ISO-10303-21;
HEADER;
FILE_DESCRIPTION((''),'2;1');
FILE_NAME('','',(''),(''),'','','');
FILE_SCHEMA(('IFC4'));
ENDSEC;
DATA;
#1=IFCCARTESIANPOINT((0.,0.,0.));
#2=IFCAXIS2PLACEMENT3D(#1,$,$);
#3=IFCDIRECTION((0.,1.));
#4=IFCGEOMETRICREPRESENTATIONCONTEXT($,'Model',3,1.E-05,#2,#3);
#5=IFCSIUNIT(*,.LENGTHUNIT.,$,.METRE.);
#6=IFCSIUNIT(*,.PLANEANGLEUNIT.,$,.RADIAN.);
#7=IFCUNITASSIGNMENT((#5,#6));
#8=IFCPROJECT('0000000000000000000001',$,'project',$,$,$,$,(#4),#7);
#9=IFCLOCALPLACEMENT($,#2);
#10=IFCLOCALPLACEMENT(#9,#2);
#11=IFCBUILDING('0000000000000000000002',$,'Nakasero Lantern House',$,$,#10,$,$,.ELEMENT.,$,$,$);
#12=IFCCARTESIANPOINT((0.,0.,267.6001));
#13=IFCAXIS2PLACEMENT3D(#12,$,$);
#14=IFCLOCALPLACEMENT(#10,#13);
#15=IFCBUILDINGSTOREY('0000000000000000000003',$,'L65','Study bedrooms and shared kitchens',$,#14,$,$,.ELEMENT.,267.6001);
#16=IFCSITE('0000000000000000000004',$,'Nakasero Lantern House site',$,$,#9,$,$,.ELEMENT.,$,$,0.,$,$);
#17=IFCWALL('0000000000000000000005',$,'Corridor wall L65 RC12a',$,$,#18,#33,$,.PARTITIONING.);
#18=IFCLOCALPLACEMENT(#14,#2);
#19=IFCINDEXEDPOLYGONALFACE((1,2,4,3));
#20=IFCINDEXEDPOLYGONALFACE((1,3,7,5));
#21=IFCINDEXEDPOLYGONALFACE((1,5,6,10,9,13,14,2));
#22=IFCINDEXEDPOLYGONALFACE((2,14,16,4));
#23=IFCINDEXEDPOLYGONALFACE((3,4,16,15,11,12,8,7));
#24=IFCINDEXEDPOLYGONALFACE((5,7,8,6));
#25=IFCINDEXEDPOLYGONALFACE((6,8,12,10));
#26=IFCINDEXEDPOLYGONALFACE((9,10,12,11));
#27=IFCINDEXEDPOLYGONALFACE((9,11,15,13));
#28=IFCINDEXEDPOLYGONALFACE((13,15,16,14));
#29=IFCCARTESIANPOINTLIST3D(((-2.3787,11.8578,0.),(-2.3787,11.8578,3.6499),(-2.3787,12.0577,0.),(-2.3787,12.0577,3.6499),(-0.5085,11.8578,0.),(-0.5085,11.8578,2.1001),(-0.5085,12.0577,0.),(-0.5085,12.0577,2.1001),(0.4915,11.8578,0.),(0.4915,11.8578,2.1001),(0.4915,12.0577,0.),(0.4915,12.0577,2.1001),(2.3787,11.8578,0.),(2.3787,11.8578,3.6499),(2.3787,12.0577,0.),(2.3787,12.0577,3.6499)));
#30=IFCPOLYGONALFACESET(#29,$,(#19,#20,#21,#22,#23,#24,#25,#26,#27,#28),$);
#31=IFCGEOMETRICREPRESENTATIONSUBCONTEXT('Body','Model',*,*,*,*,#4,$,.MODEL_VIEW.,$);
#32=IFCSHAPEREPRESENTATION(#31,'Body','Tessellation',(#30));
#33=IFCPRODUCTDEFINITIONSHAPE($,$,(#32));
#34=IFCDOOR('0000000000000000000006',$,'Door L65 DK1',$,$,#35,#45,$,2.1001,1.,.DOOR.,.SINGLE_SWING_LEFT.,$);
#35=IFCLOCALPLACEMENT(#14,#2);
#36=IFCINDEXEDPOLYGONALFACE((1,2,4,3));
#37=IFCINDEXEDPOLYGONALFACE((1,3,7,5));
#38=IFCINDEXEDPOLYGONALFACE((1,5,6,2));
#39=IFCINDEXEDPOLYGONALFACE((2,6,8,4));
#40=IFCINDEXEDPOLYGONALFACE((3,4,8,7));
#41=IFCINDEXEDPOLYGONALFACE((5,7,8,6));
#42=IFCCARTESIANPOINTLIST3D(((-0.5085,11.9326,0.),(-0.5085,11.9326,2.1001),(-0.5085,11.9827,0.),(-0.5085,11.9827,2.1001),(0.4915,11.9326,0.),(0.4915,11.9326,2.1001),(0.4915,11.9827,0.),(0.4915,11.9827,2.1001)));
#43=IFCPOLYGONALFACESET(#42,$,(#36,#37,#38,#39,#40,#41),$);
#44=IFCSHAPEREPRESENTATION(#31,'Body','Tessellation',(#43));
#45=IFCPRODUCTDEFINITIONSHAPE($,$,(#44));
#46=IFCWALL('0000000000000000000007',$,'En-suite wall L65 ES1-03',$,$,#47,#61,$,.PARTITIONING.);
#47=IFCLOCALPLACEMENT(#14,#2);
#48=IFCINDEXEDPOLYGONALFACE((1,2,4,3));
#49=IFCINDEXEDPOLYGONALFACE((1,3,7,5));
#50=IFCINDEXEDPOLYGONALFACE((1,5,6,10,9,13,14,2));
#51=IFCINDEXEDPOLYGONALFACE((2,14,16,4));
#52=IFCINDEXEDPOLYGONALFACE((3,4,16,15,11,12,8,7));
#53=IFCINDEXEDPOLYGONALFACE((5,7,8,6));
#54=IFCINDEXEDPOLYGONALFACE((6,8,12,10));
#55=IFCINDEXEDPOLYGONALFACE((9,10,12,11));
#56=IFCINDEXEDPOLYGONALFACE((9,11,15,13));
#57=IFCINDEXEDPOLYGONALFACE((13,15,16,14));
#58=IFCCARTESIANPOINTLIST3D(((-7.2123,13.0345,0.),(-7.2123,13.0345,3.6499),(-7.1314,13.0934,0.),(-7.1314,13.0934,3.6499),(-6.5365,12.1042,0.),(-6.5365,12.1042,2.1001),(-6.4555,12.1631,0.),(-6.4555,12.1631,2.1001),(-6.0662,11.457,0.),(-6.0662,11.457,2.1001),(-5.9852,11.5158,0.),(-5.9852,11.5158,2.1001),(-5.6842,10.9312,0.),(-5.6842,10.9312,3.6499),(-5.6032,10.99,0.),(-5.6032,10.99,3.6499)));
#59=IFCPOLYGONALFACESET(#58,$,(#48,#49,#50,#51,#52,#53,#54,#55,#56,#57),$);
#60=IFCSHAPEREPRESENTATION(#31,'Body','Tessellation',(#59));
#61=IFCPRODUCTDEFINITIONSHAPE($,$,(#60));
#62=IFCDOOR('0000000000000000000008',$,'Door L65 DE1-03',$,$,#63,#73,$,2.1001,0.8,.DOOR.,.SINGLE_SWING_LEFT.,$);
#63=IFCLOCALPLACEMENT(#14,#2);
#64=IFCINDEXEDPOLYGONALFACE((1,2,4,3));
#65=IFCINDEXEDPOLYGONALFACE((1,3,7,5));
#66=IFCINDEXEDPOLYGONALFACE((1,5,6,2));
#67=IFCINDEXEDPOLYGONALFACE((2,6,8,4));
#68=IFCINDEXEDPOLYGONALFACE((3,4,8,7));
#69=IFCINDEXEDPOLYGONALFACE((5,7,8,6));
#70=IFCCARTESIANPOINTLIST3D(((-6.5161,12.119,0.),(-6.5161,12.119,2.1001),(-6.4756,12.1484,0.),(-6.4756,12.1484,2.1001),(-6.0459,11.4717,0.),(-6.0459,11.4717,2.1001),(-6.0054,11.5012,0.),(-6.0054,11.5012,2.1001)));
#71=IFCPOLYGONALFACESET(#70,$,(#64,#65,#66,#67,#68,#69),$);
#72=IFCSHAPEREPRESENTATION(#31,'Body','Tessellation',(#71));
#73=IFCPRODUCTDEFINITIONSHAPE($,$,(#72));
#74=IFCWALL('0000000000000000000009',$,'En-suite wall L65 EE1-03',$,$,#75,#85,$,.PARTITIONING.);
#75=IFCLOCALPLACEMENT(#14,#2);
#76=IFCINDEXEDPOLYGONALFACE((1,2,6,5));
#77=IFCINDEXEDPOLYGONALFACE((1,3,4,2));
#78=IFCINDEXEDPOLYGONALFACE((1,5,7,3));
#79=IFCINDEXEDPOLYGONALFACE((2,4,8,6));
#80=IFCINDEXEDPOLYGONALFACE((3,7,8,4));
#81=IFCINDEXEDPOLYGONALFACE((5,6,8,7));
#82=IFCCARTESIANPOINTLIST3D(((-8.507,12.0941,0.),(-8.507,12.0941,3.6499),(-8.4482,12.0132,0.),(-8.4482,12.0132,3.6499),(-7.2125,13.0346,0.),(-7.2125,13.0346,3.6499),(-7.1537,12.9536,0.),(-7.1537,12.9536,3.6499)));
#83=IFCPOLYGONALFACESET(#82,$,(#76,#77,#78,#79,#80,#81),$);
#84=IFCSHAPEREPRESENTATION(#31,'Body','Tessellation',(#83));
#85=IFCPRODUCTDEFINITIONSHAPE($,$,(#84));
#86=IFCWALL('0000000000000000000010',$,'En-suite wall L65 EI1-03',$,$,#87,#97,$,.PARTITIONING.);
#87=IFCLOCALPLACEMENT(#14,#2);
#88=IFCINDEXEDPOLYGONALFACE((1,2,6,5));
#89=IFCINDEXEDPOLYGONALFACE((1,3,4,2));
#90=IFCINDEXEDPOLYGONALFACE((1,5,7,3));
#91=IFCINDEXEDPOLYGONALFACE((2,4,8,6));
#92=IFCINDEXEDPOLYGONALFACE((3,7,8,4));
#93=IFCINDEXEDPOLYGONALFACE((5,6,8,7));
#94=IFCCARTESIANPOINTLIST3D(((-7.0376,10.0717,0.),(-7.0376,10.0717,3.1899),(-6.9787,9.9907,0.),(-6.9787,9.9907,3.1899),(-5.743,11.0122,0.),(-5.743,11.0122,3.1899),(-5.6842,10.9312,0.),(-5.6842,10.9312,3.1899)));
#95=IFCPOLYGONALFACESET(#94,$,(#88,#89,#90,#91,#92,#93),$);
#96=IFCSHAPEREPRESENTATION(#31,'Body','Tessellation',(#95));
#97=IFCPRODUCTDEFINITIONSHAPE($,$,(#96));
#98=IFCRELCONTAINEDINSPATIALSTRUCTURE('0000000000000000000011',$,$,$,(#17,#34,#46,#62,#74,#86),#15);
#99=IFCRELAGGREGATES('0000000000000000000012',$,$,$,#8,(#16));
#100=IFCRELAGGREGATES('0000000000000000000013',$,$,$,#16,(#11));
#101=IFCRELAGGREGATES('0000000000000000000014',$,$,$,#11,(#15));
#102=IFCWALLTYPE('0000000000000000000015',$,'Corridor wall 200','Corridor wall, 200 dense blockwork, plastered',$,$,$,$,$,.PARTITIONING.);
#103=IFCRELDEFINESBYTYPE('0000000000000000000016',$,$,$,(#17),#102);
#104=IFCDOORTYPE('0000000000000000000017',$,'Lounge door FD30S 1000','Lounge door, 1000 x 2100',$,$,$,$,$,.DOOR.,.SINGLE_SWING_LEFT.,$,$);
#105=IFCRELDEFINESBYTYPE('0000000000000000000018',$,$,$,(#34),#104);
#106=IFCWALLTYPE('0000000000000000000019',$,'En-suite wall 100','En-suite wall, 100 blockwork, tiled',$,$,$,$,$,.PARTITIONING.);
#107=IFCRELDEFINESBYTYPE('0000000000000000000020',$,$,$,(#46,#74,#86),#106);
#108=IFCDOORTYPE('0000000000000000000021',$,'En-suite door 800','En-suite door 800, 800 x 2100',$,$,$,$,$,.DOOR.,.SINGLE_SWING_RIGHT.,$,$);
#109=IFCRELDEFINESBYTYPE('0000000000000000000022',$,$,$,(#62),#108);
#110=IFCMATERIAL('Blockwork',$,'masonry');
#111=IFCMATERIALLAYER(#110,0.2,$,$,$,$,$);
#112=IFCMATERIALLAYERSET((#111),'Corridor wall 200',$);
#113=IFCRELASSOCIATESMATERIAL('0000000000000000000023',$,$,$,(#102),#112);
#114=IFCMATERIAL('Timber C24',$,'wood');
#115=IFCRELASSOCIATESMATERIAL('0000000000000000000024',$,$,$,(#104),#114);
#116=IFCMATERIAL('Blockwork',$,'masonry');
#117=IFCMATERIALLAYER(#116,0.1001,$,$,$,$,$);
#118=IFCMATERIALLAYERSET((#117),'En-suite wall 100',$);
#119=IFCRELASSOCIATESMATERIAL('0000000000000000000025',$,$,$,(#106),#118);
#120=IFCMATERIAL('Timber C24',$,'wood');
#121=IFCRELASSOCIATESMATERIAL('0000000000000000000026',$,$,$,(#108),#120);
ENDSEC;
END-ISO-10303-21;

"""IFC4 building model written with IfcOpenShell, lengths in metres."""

from ifc_helpers import new_model, si_unit, direction, frame, frame_2d, origin, place, context, subcontext, project, spatial, rectangle, extrude, material, layer, layer_set, type_object, element, fill, save


model = new_model("IFC4")

# Units and contexts
model_context = context("Model", 3, precision=1e-05, world=origin(), true_north=direction((0.0, 1.0)))
body_context = subcontext(model_context, "Body", "Model", "MODEL_VIEW")
ifc_project = project(units=[si_unit("LENGTHUNIT", "METRE"), si_unit("PLANEANGLEUNIT", "RADIAN")], contexts=[model_context])

# Site, building, storey
site_placement = place(None, origin())
site = spatial("IfcSite", under=ifc_project, at=site_placement, Name="Nakasero Lantern House site", CompositionType="ELEMENT", RefElevation=0.0)
building_placement = place(site_placement, origin())
building = spatial("IfcBuilding", under=site, at=building_placement, Name="Nakasero Lantern House", CompositionType="ELEMENT")
storey_placement = place(building_placement, frame((0.0, 0.0, 267.6001)))
storey = spatial("IfcBuildingStorey", under=building, at=storey_placement, Name="L65", Description="Study bedrooms and shared kitchens", CompositionType="ELEMENT", Elevation=267.6001)

# Walls, openings, doors
ifc_material_1 = material(Name="Blockwork", Category="masonry")
ifc_layer_1 = layer(ifc_material_1, 0.2)
ifc_layer_set_1 = layer_set([ifc_layer_1], Name="Corridor wall 200")
wall_type_1 = type_object("IfcWallType", Name="Corridor wall 200", Description="Corridor wall, 200 dense blockwork, plastered", PredefinedType="PARTITIONING", material=ifc_layer_set_1)
wall_1_placement = place(storey_placement, frame((-2.3787, 11.9578, 0.0), z_axis=(0.0, 0.0, 1.0), x_axis=(1.0, 0.0, 0.0)))
wall_1 = element("IfcWall", 1, at=wall_1_placement, inside=storey, type_object=wall_type_1, Name="Corridor wall L65 RC12a", PredefinedType="PARTITIONING", context=body_context, shape_type="SweptSolid", body=[
    extrude(rectangle(XDim=4.7573, YDim=0.2, at=frame_2d((2.3787, 0.0))), origin(), (0.0, 0.0, 1.0), 3.6499),
])
opening_1_placement = place(wall_1_placement, frame((1.8701, 0.0, 0.0)))
opening_1 = element("IfcOpeningElement", 2, at=opening_1_placement, cuts=wall_1, PredefinedType="OPENING", context=body_context, shape_type="SweptSolid", body=[
    extrude(rectangle(XDim=1.0, YDim=2.1001, at=frame_2d((0.5, 1.05))), frame((0.0, 0.1199, 0.0), z_axis=(0.0, -1.0, 0.0), x_axis=(1.0, 0.0, 0.0)), (0.0, 0.0, 1.0), 0.24),
])
ifc_material_2 = material(Name="Timber C24", Category="wood")
door_type_1 = type_object("IfcDoorType", Name="Lounge door FD30S 1000", Description="Lounge door, 1000 x 2100", OperationType="SINGLE_SWING_LEFT", PredefinedType="DOOR", material=ifc_material_2)
door_1_placement = place(opening_1_placement, origin())
door_1 = element("IfcDoor", 3, at=door_1_placement, inside=storey, type_object=door_type_1, Name="Door L65 DK1", OperationType="SINGLE_SWING_LEFT", OverallHeight=2.1001, OverallWidth=1.0, PredefinedType="DOOR", context=body_context, shape_type="SweptSolid", body=[
    extrude(rectangle(XDim=1.0, YDim=2.1001, at=frame_2d((0.5, 1.05))), frame((0.0, 0.0249, 0.0), z_axis=(0.0, -1.0, 0.0), x_axis=(1.0, 0.0, 0.0)), (0.0, 0.0, 1.0), 0.05),
])
fill(opening_1, door_1)
ifc_material_3 = material(Name="Blockwork", Category="masonry")
ifc_layer_2 = layer(ifc_material_3, 0.1001)
ifc_layer_set_2 = layer_set([ifc_layer_2], Name="En-suite wall 100")
wall_type_2 = type_object("IfcWallType", Name="En-suite wall 100", Description="En-suite wall, 100 blockwork, tiled", PredefinedType="PARTITIONING", material=ifc_layer_set_2)
wall_2_placement = place(storey_placement, frame((-5.6438, 10.9607, 0.0), z_axis=(0.0, 0.0, 1.0), x_axis=(-0.587775, 0.809024, 0.0)))
wall_2 = element("IfcWall", 4, at=wall_2_placement, inside=storey, type_object=wall_type_2, Name="En-suite wall L65 ES1-03", PredefinedType="PARTITIONING", context=body_context, shape_type="SweptSolid", body=[
    extrude(rectangle(XDim=2.5999, YDim=0.1001, at=frame_2d((1.2998, 0.0))), origin(), (0.0, 0.0, 1.0), 3.6499),
])
opening_2_placement = place(wall_2_placement, frame((0.6499, 0.0, 0.0)))
opening_2 = element("IfcOpeningElement", 5, at=opening_2_placement, cuts=wall_2, PredefinedType="OPENING", context=body_context, shape_type="SweptSolid", body=[
    extrude(rectangle(XDim=0.8, YDim=2.1001, at=frame_2d((0.3999, 1.05))), frame((0.0, 0.0701, 0.0), z_axis=(0.0, -1.0, 0.0), x_axis=(1.0, 0.0, 0.0)), (0.0, 0.0, 1.0), 0.1401),
])
ifc_material_4 = material(Name="Timber C24", Category="wood")
door_type_2 = type_object("IfcDoorType", Name="En-suite door 800", Description="En-suite door 800, 800 x 2100", OperationType="SINGLE_SWING_RIGHT", PredefinedType="DOOR", material=ifc_material_4)
door_2_placement = place(opening_2_placement, origin())
door_2 = element("IfcDoor", 6, at=door_2_placement, inside=storey, type_object=door_type_2, Name="Door L65 DE1-03", OperationType="SINGLE_SWING_LEFT", OverallHeight=2.1001, OverallWidth=0.8, PredefinedType="DOOR", context=body_context, shape_type="SweptSolid", body=[
    extrude(rectangle(XDim=0.8, YDim=2.1001, at=frame_2d((0.3999, 1.05))), frame((0.0, 0.0249, 0.0), z_axis=(0.0, -1.0, 0.0), x_axis=(1.0, 0.0, 0.0)), (0.0, 0.0, 1.0), 0.05),
])
fill(opening_2, door_2)

# Walls
wall_3_placement = place(storey_placement, frame((-7.1831, 12.9941, 0.0), z_axis=(0.0, 0.0, 1.0), x_axis=(-0.809026, -0.587772, 0.0)))
element("IfcWall", 7, at=wall_3_placement, inside=storey, type_object=wall_type_2, Name="En-suite wall L65 EE1-03", PredefinedType="PARTITIONING", context=body_context, shape_type="SweptSolid", body=[
    extrude(rectangle(XDim=1.6001, YDim=0.1001, at=frame_2d((0.8, 0.0))), origin(), (0.0, 0.0, 1.0), 3.6499),
])
wall_4_placement = place(storey_placement, frame((-5.7136, 10.9717, 0.0), z_axis=(0.0, 0.0, 1.0), x_axis=(-0.809026, -0.587772, 0.0)))
element("IfcWall", 8, at=wall_4_placement, inside=storey, type_object=wall_type_2, Name="En-suite wall L65 EI1-03", PredefinedType="PARTITIONING", context=body_context, shape_type="SweptSolid", body=[
    extrude(rectangle(XDim=1.6001, YDim=0.1001, at=frame_2d((0.8, 0.0))), origin(), (0.0, 0.0, 1.0), 3.1899),
])

save(model, "model.ifc")
